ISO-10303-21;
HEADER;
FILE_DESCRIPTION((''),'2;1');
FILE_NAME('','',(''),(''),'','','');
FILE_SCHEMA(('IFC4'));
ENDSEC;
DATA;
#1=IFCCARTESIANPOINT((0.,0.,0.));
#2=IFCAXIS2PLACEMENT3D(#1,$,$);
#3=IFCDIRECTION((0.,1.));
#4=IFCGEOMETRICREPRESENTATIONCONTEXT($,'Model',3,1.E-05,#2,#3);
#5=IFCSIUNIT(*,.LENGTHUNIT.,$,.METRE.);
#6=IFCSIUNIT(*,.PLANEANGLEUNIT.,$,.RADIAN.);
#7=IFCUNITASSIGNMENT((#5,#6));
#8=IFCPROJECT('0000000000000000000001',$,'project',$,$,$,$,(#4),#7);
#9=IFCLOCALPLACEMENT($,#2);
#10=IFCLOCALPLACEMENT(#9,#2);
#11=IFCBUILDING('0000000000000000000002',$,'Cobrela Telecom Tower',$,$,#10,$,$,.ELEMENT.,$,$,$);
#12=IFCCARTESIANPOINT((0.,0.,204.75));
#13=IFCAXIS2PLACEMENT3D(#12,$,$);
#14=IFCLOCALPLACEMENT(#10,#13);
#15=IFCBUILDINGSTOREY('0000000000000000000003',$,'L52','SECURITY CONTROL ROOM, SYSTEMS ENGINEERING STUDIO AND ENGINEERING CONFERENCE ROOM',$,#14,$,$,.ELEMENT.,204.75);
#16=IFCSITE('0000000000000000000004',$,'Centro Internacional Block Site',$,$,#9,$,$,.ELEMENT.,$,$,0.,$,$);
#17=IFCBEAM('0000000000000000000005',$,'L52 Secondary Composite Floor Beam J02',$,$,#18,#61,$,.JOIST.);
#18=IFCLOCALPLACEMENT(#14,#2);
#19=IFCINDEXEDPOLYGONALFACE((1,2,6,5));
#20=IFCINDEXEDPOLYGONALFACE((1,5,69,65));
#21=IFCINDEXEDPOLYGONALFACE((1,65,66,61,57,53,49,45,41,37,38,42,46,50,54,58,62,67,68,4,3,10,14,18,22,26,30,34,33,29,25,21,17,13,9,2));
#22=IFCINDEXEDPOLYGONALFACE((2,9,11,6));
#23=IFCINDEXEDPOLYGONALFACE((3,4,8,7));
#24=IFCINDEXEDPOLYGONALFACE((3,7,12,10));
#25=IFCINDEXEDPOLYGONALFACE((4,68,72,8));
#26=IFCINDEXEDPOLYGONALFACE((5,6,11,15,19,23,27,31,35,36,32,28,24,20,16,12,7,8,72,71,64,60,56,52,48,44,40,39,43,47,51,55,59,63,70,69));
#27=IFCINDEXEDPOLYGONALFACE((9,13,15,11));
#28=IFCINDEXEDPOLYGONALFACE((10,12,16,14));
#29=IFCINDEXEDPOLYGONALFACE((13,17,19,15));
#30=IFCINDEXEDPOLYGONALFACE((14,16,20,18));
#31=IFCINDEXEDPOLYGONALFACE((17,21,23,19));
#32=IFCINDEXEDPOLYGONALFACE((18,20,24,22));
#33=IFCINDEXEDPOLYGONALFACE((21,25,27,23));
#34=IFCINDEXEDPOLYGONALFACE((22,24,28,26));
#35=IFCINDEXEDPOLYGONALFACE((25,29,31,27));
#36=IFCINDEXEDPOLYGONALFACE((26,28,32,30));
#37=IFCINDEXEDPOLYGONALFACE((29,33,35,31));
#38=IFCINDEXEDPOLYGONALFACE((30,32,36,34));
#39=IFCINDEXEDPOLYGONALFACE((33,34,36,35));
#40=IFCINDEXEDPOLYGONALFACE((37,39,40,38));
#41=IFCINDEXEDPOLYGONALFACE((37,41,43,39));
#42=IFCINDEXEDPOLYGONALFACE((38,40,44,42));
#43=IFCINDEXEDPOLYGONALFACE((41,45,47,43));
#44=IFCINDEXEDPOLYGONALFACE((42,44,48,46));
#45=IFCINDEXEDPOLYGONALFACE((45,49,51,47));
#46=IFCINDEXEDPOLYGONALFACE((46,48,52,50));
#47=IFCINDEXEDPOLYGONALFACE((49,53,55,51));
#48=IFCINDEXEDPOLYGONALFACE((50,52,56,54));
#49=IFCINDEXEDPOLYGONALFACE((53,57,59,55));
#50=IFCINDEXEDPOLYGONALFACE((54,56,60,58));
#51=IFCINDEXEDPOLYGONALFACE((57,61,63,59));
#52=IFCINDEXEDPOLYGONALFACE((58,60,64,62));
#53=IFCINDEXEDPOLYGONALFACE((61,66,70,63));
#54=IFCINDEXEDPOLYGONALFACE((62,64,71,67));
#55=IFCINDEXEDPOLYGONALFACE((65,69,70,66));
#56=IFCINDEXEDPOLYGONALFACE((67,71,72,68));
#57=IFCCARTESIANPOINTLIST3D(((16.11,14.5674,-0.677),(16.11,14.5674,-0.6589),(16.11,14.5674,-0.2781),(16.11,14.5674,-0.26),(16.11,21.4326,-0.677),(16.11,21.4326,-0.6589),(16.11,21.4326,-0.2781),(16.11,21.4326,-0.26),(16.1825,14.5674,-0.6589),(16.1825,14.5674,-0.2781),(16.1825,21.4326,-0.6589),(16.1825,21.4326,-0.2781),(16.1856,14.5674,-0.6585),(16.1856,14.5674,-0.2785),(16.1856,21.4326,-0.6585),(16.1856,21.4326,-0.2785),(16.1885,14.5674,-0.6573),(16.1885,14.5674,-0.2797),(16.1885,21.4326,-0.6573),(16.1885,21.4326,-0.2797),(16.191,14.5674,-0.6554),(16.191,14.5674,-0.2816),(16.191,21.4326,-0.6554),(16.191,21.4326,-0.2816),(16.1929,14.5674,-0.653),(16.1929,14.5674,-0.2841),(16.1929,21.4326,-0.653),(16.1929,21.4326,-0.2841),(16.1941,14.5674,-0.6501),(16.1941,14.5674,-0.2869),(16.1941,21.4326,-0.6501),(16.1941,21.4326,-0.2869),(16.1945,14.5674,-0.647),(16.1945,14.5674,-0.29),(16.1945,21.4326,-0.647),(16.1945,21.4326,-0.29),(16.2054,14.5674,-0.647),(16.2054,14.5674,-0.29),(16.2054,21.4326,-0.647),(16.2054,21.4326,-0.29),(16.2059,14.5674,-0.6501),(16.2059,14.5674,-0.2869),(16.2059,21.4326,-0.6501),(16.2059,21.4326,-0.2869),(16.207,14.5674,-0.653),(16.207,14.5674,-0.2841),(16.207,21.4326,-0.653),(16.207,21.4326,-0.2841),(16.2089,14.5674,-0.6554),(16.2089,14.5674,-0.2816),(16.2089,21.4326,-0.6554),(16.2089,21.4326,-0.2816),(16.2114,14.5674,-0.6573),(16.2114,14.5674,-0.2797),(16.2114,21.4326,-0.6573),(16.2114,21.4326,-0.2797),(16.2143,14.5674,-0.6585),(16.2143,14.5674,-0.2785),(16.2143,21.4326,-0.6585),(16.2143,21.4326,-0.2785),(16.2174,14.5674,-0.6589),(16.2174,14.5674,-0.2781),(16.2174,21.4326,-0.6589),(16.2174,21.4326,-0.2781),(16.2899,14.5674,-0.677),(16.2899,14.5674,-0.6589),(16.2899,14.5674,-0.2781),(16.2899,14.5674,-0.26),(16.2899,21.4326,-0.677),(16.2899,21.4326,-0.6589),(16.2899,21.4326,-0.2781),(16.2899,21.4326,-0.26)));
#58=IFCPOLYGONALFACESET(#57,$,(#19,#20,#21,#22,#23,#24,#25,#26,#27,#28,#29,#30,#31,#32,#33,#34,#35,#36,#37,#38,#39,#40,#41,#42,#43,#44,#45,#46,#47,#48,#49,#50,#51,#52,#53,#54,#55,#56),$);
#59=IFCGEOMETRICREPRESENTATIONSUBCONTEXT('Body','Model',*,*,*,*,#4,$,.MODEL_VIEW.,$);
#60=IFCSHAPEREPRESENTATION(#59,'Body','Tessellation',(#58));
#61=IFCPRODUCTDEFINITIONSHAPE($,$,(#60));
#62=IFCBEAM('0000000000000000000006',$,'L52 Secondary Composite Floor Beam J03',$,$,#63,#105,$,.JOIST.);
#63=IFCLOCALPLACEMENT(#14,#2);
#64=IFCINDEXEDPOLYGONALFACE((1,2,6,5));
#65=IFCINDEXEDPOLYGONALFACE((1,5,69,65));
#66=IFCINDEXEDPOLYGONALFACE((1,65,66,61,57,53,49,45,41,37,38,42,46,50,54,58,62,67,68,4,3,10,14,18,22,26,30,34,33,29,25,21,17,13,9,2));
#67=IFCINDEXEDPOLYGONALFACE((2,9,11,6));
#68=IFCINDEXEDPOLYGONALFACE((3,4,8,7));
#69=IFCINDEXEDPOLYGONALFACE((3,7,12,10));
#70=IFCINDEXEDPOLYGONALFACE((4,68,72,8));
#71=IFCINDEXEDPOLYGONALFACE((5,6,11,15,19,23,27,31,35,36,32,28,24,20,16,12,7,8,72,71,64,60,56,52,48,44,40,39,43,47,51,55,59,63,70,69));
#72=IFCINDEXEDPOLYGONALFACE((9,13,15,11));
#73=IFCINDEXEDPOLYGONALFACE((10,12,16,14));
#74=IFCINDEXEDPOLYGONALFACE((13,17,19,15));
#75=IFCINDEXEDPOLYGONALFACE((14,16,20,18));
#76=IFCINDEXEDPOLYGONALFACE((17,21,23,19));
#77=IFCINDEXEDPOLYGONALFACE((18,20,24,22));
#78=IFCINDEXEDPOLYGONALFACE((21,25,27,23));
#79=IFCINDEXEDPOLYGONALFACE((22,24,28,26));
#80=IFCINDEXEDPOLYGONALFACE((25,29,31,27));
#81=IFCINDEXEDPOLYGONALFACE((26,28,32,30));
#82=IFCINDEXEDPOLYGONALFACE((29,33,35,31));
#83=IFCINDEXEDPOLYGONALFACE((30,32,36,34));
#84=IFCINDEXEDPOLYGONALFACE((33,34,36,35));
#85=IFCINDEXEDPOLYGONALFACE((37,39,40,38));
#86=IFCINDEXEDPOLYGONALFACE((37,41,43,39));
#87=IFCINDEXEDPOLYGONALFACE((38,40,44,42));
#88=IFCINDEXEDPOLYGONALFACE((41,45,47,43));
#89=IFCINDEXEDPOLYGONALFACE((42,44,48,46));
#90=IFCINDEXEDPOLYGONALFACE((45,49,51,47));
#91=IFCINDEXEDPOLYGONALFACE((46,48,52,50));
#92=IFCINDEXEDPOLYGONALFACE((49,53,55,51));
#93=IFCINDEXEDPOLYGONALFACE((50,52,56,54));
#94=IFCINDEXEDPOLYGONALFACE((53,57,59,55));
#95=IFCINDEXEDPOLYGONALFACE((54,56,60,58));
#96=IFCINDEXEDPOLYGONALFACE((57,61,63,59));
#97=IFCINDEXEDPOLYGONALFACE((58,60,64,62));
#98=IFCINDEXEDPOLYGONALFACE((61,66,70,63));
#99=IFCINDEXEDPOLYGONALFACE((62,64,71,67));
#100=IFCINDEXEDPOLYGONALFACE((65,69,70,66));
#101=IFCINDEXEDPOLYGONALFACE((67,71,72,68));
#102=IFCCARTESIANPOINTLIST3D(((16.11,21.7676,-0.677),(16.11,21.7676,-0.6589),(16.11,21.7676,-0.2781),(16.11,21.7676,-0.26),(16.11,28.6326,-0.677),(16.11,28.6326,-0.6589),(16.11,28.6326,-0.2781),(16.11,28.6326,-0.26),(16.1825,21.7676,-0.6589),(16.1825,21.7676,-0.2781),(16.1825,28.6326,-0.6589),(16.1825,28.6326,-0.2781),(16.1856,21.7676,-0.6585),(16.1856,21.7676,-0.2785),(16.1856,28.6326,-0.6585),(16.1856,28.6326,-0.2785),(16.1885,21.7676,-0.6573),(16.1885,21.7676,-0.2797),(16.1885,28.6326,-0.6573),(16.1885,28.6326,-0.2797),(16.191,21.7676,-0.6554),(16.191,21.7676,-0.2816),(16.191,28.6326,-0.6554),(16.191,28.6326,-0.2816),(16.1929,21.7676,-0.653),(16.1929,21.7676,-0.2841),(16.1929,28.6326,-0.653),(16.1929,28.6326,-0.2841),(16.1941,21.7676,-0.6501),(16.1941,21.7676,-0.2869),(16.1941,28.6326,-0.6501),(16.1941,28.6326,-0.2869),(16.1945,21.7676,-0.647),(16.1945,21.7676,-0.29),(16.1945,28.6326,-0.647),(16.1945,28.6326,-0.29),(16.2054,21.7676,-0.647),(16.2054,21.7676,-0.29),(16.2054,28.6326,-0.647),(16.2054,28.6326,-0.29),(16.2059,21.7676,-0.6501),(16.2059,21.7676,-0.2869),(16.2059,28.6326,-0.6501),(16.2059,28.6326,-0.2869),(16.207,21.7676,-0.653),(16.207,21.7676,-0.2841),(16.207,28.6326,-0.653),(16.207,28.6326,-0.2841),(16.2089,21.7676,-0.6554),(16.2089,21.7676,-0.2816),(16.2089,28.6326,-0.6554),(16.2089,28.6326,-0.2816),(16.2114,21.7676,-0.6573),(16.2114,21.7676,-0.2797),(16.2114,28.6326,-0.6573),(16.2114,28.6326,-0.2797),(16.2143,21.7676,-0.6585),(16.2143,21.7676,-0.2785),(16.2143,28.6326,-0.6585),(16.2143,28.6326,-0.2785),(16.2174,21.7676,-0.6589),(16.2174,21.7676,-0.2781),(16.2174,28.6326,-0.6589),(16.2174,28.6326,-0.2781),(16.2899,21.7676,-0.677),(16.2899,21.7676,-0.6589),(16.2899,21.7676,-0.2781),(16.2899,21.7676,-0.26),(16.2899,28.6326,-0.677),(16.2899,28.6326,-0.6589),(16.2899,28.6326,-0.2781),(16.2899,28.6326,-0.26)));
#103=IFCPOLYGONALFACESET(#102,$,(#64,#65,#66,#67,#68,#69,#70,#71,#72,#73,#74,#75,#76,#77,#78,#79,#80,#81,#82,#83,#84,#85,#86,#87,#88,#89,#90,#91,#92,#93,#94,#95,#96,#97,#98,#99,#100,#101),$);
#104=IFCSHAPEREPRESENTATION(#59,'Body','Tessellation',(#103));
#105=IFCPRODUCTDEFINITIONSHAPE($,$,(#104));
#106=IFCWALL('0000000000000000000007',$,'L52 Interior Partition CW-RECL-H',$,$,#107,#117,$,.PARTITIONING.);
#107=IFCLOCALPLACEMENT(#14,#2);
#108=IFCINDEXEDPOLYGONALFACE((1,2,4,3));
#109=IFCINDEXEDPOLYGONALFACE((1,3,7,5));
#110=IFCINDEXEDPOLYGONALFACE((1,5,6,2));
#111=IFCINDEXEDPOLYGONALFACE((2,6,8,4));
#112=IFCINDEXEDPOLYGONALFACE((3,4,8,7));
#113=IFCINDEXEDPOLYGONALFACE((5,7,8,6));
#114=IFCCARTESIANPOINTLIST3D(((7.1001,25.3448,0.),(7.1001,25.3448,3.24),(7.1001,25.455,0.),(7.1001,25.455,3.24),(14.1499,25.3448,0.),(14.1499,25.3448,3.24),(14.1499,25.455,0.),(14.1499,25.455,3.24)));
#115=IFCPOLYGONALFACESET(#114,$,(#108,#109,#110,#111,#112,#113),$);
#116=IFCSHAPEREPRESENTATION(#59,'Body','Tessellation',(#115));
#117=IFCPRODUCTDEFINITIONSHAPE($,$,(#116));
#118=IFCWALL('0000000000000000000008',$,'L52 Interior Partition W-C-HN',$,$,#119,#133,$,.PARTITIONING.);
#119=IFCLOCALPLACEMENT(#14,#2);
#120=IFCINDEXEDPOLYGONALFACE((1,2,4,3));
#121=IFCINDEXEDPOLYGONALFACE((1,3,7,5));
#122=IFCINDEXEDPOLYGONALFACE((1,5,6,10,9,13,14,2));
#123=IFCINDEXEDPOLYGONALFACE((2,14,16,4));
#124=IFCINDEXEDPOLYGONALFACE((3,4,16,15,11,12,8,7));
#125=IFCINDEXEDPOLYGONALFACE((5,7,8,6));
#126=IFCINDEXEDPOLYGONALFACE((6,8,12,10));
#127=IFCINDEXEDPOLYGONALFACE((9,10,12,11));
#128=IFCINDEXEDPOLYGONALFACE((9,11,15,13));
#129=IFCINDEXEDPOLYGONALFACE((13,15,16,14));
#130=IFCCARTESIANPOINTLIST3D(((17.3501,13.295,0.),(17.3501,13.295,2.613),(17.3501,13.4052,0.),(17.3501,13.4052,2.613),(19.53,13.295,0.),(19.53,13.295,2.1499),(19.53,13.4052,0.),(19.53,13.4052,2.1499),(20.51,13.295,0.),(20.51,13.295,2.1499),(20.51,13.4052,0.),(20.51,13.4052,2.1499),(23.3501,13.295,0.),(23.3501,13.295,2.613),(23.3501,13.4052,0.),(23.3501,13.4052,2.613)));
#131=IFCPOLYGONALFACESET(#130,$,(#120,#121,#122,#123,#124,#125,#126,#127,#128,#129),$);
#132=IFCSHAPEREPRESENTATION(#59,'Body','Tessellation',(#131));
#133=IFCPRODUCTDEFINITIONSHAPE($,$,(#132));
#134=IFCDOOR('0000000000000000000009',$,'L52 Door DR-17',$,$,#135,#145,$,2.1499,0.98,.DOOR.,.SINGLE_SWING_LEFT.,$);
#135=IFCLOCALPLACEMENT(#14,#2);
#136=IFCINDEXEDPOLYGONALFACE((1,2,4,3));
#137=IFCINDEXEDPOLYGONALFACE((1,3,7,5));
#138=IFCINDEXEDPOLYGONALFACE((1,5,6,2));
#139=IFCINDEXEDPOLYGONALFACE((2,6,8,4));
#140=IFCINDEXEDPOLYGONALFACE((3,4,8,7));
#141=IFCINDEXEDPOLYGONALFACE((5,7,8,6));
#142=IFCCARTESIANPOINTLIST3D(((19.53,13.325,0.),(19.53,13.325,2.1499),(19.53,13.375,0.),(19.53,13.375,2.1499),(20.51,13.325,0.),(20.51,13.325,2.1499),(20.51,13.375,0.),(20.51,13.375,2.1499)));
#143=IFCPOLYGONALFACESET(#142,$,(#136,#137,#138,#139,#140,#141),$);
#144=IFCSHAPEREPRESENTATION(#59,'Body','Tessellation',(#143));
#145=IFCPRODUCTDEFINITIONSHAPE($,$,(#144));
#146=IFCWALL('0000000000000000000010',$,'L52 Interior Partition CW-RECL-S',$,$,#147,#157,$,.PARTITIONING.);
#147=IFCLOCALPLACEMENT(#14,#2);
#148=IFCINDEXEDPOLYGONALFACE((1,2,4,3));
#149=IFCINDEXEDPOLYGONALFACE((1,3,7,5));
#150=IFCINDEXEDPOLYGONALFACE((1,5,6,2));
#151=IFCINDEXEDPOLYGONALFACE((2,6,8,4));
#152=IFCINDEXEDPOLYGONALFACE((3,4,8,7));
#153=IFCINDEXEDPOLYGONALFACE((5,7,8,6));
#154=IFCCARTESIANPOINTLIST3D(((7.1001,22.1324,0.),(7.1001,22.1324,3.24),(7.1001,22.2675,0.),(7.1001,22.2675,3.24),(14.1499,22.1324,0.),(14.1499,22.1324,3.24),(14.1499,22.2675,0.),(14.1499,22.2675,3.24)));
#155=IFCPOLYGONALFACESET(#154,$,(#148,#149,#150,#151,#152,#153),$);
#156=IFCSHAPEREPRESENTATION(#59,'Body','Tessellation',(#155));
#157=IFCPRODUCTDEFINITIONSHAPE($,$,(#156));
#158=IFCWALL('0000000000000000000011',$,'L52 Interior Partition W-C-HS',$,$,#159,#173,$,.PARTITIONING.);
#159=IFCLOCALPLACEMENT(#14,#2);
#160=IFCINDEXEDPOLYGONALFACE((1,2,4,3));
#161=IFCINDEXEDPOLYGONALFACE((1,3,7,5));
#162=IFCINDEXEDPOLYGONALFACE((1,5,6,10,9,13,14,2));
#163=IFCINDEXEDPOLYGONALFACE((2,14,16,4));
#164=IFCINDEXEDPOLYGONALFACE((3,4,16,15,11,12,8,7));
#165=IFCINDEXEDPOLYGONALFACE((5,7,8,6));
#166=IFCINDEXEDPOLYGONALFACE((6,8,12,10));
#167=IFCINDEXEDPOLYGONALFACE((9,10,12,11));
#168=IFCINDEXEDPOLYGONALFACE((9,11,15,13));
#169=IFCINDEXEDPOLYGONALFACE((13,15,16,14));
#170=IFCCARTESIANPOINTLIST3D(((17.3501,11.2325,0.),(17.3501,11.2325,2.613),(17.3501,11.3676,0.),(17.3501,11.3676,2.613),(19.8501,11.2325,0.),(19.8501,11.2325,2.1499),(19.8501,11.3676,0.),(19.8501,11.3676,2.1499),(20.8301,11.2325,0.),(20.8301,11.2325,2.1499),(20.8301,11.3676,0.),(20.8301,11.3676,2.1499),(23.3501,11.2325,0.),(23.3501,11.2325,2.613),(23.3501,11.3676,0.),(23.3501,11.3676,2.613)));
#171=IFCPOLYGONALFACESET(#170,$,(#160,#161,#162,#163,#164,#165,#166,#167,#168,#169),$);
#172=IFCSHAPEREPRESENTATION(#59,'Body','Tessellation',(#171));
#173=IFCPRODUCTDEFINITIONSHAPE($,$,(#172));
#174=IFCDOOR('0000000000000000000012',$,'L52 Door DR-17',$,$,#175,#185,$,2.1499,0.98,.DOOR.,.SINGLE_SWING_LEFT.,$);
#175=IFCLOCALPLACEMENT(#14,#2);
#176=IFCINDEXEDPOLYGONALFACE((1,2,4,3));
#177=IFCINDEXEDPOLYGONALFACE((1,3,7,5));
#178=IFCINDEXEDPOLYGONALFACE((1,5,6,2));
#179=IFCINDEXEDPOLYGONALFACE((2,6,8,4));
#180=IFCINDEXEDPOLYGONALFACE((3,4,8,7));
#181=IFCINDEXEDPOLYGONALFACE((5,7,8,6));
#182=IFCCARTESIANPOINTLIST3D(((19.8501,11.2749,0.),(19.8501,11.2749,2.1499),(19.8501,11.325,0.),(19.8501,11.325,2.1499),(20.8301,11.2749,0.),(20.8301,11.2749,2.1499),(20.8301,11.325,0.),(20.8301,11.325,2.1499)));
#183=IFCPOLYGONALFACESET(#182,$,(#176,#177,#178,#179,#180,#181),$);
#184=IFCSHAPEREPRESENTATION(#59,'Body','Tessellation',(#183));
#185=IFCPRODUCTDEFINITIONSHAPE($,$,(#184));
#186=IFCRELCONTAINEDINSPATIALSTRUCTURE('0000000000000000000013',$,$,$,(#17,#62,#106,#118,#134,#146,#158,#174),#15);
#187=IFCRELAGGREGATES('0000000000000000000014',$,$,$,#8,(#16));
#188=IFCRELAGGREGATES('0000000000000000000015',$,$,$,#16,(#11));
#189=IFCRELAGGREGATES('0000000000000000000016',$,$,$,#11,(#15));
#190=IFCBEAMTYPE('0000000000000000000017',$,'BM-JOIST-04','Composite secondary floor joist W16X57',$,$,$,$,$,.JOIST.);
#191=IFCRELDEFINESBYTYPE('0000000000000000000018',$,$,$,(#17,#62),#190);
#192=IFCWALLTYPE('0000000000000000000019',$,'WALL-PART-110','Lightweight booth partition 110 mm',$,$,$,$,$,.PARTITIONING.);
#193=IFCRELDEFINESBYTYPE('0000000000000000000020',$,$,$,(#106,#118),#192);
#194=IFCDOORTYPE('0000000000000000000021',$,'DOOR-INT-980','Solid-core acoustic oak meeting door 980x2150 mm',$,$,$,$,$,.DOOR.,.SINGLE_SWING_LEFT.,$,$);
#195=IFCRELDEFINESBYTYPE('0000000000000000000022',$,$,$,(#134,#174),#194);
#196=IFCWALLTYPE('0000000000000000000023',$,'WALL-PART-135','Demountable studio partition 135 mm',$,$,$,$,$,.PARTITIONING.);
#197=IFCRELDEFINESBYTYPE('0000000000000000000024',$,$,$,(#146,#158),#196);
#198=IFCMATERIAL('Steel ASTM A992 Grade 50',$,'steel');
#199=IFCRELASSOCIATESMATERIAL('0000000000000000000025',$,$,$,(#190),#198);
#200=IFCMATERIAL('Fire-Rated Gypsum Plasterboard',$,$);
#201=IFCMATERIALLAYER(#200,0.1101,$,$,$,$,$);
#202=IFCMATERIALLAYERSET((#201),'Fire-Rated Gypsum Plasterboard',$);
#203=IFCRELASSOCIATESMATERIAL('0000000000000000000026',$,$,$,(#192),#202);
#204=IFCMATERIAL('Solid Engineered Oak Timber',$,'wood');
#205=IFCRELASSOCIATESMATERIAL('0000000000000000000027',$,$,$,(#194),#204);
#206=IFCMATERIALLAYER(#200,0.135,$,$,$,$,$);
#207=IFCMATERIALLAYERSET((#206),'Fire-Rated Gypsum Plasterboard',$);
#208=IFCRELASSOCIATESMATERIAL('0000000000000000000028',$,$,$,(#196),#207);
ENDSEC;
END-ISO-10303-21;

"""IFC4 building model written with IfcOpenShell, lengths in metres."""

from ifc_helpers import new_model, si_unit, direction, frame, frame_2d, origin, origin_2d, place, context, subcontext, project, spatial, rectangle, i_section, extrude, material, layer, layer_set, material_profile, profile_set, type_object, element, fill, save


model = new_model("IFC4")

# Units and contexts
model_context = context("Model", 3, precision=1e-05, world=origin(), true_north=direction((0.0, 1.0)))
body_context = subcontext(model_context, "Body", "Model", "MODEL_VIEW")
ifc_project = project(units=[si_unit("LENGTHUNIT", "METRE"), si_unit("PLANEANGLEUNIT", "RADIAN")], contexts=[model_context])

# Site, building, storey
site_placement = place(None, origin())
site = spatial("IfcSite", under=ifc_project, at=site_placement, Name="Centro Internacional Block Site", CompositionType="ELEMENT", RefElevation=0.0)
building_placement = place(site_placement, origin())
building = spatial("IfcBuilding", under=site, at=building_placement, Name="Cobrela Telecom Tower", CompositionType="ELEMENT")
storey_placement = place(building_placement, frame((0.0, 0.0, 204.75)))
storey = spatial("IfcBuildingStorey", under=building, at=storey_placement, Name="L52", Description="SECURITY CONTROL ROOM, SYSTEMS ENGINEERING STUDIO AND ENGINEERING CONFERENCE ROOM", CompositionType="ELEMENT", Elevation=204.75)

# Beams
ifc_material_1 = material(Name="Steel ASTM A992 Grade 50", Category="steel")
ifc_material_profile_1 = material_profile(ifc_material_1, i_section(OverallWidth=0.1799, OverallDepth=0.417, WebThickness=0.011, FlangeThickness=0.0181, FilletRadius=0.012, at=origin_2d()), Name="W16X57")
ifc_profile_set_1 = profile_set([ifc_material_profile_1], Name="Steel ASTM A992 Grade 50")
beam_type_1 = type_object("IfcBeamType", Name="BM-JOIST-04", Description="Composite secondary floor joist W16X57", PredefinedType="JOIST", material=ifc_profile_set_1)
beam_1_placement = place(storey_placement, frame((16.2, 14.5674, -0.4685), z_axis=(0.0, 1.0, 0.0), x_axis=(-1.0, 0.0, 0.0)))
element("IfcBeam", 1, at=beam_1_placement, inside=storey, type_object=beam_type_1, Name="L52 Secondary Composite Floor Beam J02", PredefinedType="JOIST", context=body_context, shape_type="SweptSolid", body=[
    extrude(i_section(OverallWidth=0.1799, OverallDepth=0.417, WebThickness=0.011, FlangeThickness=0.0181, FilletRadius=0.012, at=origin_2d()), origin(), (0.0, 0.0, 1.0), 6.8652),
])
beam_2_placement = place(storey_placement, frame((16.2, 21.7676, -0.4685), z_axis=(0.0, 1.0, 0.0), x_axis=(-1.0, 0.0, 0.0)))
element("IfcBeam", 2, at=beam_2_placement, inside=storey, type_object=beam_type_1, Name="L52 Secondary Composite Floor Beam J03", PredefinedType="JOIST", context=body_context, shape_type="SweptSolid", body=[
    extrude(i_section(OverallWidth=0.1799, OverallDepth=0.417, WebThickness=0.011, FlangeThickness=0.0181, FilletRadius=0.012, at=origin_2d()), origin(), (0.0, 0.0, 1.0), 6.865),
])

# Wall
ifc_material_2 = material(Name="Fire-Rated Gypsum Plasterboard")
ifc_layer_1 = layer(ifc_material_2, 0.1101)
ifc_layer_set_1 = layer_set([ifc_layer_1], Name="Fire-Rated Gypsum Plasterboard")
wall_type_1 = type_object("IfcWallType", Name="WALL-PART-110", Description="Lightweight booth partition 110 mm", PredefinedType="PARTITIONING", material=ifc_layer_set_1)
wall_1_placement = place(storey_placement, frame((7.1001, 25.3999, 0.0), z_axis=(0.0, 0.0, 1.0), x_axis=(1.0, 0.0, 0.0)))
element("IfcWall", 3, at=wall_1_placement, inside=storey, type_object=wall_type_1, Name="L52 Interior Partition CW-RECL-H", PredefinedType="PARTITIONING", context=body_context, shape_type="SweptSolid", body=[
    extrude(rectangle(XDim=7.0498, YDim=0.1101, at=frame_2d((3.5249, 0.0))), origin(), (0.0, 0.0, 1.0), 3.24),
])

# Wall, opening, door
wall_2_placement = place(storey_placement, frame((17.3501, 13.3501, 0.0), z_axis=(0.0, 0.0, 1.0), x_axis=(1.0, 0.0, 0.0)))
wall_2 = element("IfcWall", 4, at=wall_2_placement, inside=storey, type_object=wall_type_1, Name="L52 Interior Partition W-C-HN", PredefinedType="PARTITIONING", context=body_context, shape_type="SweptSolid", body=[
    extrude(rectangle(XDim=6.0, YDim=0.1101, at=frame_2d((3.0, 0.0))), origin(), (0.0, 0.0, 1.0), 2.613),
])
opening_1_placement = place(wall_2_placement, frame((2.1799, 0.0, 0.0)))
opening_1 = element("IfcOpeningElement", 5, at=opening_1_placement, cuts=wall_2, PredefinedType="OPENING", context=body_context, shape_type="SweptSolid", body=[
    extrude(rectangle(XDim=0.98, YDim=2.1499, at=frame_2d((0.49, 1.075))), frame((0.0, 0.0669, 0.0), z_axis=(0.0, -1.0, 0.0), x_axis=(1.0, 0.0, 0.0)), (0.0, 0.0, 1.0), 0.134),
])
ifc_material_3 = material(Name="Solid Engineered Oak Timber", Category="wood")
door_type_1 = type_object("IfcDoorType", Name="DOOR-INT-980", Description="Solid-core acoustic oak meeting door 980x2150 mm", OperationType="SINGLE_SWING_LEFT", PredefinedType="DOOR", material=ifc_material_3)
door_1_placement = place(opening_1_placement, origin())
door_1 = element("IfcDoor", 6, at=door_1_placement, inside=storey, type_object=door_type_1, Name="L52 Door DR-17", OperationType="SINGLE_SWING_LEFT", OverallHeight=2.1499, OverallWidth=0.98, PredefinedType="DOOR", context=body_context, shape_type="SweptSolid", body=[
    extrude(rectangle(XDim=0.98, YDim=2.1499, at=frame_2d((0.49, 1.075))), frame((0.0, 0.0249, 0.0), z_axis=(0.0, -1.0, 0.0), x_axis=(1.0, 0.0, 0.0)), (0.0, 0.0, 1.0), 0.05),
])
fill(opening_1, door_1)

# Wall
ifc_layer_2 = layer(ifc_material_2, 0.135)
ifc_layer_set_2 = layer_set([ifc_layer_2], Name="Fire-Rated Gypsum Plasterboard")
wall_type_2 = type_object("IfcWallType", Name="WALL-PART-135", Description="Demountable studio partition 135 mm", PredefinedType="PARTITIONING", material=ifc_layer_set_2)
wall_3_placement = place(storey_placement, frame((7.1001, 22.2, 0.0), z_axis=(0.0, 0.0, 1.0), x_axis=(1.0, 0.0, 0.0)))
element("IfcWall", 7, at=wall_3_placement, inside=storey, type_object=wall_type_2, Name="L52 Interior Partition CW-RECL-S", PredefinedType="PARTITIONING", context=body_context, shape_type="SweptSolid", body=[
    extrude(rectangle(XDim=7.0498, YDim=0.135, at=frame_2d((3.5249, 0.0))), origin(), (0.0, 0.0, 1.0), 3.24),
])

# Wall, opening, door
wall_4_placement = place(storey_placement, frame((17.3501, 11.3, 0.0), z_axis=(0.0, 0.0, 1.0), x_axis=(1.0, 0.0, 0.0)))
wall_4 = element("IfcWall", 8, at=wall_4_placement, inside=storey, type_object=wall_type_2, Name="L52 Interior Partition W-C-HS", PredefinedType="PARTITIONING", context=body_context, shape_type="SweptSolid", body=[
    extrude(rectangle(XDim=6.0, YDim=0.135, at=frame_2d((3.0, 0.0))), origin(), (0.0, 0.0, 1.0), 2.613),
])
opening_2_placement = place(wall_4_placement, frame((2.5, 0.0, 0.0)))
opening_2 = element("IfcOpeningElement", 9, at=opening_2_placement, cuts=wall_4, PredefinedType="OPENING", context=body_context, shape_type="SweptSolid", body=[
    extrude(rectangle(XDim=0.98, YDim=2.1499, at=frame_2d((0.49, 1.075))), frame((0.0, 0.0796, 0.0), z_axis=(0.0, -1.0, 0.0), x_axis=(1.0, 0.0, 0.0)), (0.0, 0.0, 1.0), 0.1589),
])
door_2_placement = place(opening_2_placement, origin())
door_2 = element("IfcDoor", 10, at=door_2_placement, inside=storey, type_object=door_type_1, Name="L52 Door DR-17", OperationType="SINGLE_SWING_LEFT", OverallHeight=2.1499, OverallWidth=0.98, PredefinedType="DOOR", context=body_context, shape_type="SweptSolid", body=[
    extrude(rectangle(XDim=0.98, YDim=2.1499, at=frame_2d((0.49, 1.075))), frame((0.0, 0.0249, 0.0), z_axis=(0.0, -1.0, 0.0), x_axis=(1.0, 0.0, 0.0)), (0.0, 0.0, 1.0), 0.05),
])
fill(opening_2, door_2)

save(model, "model.ifc")
